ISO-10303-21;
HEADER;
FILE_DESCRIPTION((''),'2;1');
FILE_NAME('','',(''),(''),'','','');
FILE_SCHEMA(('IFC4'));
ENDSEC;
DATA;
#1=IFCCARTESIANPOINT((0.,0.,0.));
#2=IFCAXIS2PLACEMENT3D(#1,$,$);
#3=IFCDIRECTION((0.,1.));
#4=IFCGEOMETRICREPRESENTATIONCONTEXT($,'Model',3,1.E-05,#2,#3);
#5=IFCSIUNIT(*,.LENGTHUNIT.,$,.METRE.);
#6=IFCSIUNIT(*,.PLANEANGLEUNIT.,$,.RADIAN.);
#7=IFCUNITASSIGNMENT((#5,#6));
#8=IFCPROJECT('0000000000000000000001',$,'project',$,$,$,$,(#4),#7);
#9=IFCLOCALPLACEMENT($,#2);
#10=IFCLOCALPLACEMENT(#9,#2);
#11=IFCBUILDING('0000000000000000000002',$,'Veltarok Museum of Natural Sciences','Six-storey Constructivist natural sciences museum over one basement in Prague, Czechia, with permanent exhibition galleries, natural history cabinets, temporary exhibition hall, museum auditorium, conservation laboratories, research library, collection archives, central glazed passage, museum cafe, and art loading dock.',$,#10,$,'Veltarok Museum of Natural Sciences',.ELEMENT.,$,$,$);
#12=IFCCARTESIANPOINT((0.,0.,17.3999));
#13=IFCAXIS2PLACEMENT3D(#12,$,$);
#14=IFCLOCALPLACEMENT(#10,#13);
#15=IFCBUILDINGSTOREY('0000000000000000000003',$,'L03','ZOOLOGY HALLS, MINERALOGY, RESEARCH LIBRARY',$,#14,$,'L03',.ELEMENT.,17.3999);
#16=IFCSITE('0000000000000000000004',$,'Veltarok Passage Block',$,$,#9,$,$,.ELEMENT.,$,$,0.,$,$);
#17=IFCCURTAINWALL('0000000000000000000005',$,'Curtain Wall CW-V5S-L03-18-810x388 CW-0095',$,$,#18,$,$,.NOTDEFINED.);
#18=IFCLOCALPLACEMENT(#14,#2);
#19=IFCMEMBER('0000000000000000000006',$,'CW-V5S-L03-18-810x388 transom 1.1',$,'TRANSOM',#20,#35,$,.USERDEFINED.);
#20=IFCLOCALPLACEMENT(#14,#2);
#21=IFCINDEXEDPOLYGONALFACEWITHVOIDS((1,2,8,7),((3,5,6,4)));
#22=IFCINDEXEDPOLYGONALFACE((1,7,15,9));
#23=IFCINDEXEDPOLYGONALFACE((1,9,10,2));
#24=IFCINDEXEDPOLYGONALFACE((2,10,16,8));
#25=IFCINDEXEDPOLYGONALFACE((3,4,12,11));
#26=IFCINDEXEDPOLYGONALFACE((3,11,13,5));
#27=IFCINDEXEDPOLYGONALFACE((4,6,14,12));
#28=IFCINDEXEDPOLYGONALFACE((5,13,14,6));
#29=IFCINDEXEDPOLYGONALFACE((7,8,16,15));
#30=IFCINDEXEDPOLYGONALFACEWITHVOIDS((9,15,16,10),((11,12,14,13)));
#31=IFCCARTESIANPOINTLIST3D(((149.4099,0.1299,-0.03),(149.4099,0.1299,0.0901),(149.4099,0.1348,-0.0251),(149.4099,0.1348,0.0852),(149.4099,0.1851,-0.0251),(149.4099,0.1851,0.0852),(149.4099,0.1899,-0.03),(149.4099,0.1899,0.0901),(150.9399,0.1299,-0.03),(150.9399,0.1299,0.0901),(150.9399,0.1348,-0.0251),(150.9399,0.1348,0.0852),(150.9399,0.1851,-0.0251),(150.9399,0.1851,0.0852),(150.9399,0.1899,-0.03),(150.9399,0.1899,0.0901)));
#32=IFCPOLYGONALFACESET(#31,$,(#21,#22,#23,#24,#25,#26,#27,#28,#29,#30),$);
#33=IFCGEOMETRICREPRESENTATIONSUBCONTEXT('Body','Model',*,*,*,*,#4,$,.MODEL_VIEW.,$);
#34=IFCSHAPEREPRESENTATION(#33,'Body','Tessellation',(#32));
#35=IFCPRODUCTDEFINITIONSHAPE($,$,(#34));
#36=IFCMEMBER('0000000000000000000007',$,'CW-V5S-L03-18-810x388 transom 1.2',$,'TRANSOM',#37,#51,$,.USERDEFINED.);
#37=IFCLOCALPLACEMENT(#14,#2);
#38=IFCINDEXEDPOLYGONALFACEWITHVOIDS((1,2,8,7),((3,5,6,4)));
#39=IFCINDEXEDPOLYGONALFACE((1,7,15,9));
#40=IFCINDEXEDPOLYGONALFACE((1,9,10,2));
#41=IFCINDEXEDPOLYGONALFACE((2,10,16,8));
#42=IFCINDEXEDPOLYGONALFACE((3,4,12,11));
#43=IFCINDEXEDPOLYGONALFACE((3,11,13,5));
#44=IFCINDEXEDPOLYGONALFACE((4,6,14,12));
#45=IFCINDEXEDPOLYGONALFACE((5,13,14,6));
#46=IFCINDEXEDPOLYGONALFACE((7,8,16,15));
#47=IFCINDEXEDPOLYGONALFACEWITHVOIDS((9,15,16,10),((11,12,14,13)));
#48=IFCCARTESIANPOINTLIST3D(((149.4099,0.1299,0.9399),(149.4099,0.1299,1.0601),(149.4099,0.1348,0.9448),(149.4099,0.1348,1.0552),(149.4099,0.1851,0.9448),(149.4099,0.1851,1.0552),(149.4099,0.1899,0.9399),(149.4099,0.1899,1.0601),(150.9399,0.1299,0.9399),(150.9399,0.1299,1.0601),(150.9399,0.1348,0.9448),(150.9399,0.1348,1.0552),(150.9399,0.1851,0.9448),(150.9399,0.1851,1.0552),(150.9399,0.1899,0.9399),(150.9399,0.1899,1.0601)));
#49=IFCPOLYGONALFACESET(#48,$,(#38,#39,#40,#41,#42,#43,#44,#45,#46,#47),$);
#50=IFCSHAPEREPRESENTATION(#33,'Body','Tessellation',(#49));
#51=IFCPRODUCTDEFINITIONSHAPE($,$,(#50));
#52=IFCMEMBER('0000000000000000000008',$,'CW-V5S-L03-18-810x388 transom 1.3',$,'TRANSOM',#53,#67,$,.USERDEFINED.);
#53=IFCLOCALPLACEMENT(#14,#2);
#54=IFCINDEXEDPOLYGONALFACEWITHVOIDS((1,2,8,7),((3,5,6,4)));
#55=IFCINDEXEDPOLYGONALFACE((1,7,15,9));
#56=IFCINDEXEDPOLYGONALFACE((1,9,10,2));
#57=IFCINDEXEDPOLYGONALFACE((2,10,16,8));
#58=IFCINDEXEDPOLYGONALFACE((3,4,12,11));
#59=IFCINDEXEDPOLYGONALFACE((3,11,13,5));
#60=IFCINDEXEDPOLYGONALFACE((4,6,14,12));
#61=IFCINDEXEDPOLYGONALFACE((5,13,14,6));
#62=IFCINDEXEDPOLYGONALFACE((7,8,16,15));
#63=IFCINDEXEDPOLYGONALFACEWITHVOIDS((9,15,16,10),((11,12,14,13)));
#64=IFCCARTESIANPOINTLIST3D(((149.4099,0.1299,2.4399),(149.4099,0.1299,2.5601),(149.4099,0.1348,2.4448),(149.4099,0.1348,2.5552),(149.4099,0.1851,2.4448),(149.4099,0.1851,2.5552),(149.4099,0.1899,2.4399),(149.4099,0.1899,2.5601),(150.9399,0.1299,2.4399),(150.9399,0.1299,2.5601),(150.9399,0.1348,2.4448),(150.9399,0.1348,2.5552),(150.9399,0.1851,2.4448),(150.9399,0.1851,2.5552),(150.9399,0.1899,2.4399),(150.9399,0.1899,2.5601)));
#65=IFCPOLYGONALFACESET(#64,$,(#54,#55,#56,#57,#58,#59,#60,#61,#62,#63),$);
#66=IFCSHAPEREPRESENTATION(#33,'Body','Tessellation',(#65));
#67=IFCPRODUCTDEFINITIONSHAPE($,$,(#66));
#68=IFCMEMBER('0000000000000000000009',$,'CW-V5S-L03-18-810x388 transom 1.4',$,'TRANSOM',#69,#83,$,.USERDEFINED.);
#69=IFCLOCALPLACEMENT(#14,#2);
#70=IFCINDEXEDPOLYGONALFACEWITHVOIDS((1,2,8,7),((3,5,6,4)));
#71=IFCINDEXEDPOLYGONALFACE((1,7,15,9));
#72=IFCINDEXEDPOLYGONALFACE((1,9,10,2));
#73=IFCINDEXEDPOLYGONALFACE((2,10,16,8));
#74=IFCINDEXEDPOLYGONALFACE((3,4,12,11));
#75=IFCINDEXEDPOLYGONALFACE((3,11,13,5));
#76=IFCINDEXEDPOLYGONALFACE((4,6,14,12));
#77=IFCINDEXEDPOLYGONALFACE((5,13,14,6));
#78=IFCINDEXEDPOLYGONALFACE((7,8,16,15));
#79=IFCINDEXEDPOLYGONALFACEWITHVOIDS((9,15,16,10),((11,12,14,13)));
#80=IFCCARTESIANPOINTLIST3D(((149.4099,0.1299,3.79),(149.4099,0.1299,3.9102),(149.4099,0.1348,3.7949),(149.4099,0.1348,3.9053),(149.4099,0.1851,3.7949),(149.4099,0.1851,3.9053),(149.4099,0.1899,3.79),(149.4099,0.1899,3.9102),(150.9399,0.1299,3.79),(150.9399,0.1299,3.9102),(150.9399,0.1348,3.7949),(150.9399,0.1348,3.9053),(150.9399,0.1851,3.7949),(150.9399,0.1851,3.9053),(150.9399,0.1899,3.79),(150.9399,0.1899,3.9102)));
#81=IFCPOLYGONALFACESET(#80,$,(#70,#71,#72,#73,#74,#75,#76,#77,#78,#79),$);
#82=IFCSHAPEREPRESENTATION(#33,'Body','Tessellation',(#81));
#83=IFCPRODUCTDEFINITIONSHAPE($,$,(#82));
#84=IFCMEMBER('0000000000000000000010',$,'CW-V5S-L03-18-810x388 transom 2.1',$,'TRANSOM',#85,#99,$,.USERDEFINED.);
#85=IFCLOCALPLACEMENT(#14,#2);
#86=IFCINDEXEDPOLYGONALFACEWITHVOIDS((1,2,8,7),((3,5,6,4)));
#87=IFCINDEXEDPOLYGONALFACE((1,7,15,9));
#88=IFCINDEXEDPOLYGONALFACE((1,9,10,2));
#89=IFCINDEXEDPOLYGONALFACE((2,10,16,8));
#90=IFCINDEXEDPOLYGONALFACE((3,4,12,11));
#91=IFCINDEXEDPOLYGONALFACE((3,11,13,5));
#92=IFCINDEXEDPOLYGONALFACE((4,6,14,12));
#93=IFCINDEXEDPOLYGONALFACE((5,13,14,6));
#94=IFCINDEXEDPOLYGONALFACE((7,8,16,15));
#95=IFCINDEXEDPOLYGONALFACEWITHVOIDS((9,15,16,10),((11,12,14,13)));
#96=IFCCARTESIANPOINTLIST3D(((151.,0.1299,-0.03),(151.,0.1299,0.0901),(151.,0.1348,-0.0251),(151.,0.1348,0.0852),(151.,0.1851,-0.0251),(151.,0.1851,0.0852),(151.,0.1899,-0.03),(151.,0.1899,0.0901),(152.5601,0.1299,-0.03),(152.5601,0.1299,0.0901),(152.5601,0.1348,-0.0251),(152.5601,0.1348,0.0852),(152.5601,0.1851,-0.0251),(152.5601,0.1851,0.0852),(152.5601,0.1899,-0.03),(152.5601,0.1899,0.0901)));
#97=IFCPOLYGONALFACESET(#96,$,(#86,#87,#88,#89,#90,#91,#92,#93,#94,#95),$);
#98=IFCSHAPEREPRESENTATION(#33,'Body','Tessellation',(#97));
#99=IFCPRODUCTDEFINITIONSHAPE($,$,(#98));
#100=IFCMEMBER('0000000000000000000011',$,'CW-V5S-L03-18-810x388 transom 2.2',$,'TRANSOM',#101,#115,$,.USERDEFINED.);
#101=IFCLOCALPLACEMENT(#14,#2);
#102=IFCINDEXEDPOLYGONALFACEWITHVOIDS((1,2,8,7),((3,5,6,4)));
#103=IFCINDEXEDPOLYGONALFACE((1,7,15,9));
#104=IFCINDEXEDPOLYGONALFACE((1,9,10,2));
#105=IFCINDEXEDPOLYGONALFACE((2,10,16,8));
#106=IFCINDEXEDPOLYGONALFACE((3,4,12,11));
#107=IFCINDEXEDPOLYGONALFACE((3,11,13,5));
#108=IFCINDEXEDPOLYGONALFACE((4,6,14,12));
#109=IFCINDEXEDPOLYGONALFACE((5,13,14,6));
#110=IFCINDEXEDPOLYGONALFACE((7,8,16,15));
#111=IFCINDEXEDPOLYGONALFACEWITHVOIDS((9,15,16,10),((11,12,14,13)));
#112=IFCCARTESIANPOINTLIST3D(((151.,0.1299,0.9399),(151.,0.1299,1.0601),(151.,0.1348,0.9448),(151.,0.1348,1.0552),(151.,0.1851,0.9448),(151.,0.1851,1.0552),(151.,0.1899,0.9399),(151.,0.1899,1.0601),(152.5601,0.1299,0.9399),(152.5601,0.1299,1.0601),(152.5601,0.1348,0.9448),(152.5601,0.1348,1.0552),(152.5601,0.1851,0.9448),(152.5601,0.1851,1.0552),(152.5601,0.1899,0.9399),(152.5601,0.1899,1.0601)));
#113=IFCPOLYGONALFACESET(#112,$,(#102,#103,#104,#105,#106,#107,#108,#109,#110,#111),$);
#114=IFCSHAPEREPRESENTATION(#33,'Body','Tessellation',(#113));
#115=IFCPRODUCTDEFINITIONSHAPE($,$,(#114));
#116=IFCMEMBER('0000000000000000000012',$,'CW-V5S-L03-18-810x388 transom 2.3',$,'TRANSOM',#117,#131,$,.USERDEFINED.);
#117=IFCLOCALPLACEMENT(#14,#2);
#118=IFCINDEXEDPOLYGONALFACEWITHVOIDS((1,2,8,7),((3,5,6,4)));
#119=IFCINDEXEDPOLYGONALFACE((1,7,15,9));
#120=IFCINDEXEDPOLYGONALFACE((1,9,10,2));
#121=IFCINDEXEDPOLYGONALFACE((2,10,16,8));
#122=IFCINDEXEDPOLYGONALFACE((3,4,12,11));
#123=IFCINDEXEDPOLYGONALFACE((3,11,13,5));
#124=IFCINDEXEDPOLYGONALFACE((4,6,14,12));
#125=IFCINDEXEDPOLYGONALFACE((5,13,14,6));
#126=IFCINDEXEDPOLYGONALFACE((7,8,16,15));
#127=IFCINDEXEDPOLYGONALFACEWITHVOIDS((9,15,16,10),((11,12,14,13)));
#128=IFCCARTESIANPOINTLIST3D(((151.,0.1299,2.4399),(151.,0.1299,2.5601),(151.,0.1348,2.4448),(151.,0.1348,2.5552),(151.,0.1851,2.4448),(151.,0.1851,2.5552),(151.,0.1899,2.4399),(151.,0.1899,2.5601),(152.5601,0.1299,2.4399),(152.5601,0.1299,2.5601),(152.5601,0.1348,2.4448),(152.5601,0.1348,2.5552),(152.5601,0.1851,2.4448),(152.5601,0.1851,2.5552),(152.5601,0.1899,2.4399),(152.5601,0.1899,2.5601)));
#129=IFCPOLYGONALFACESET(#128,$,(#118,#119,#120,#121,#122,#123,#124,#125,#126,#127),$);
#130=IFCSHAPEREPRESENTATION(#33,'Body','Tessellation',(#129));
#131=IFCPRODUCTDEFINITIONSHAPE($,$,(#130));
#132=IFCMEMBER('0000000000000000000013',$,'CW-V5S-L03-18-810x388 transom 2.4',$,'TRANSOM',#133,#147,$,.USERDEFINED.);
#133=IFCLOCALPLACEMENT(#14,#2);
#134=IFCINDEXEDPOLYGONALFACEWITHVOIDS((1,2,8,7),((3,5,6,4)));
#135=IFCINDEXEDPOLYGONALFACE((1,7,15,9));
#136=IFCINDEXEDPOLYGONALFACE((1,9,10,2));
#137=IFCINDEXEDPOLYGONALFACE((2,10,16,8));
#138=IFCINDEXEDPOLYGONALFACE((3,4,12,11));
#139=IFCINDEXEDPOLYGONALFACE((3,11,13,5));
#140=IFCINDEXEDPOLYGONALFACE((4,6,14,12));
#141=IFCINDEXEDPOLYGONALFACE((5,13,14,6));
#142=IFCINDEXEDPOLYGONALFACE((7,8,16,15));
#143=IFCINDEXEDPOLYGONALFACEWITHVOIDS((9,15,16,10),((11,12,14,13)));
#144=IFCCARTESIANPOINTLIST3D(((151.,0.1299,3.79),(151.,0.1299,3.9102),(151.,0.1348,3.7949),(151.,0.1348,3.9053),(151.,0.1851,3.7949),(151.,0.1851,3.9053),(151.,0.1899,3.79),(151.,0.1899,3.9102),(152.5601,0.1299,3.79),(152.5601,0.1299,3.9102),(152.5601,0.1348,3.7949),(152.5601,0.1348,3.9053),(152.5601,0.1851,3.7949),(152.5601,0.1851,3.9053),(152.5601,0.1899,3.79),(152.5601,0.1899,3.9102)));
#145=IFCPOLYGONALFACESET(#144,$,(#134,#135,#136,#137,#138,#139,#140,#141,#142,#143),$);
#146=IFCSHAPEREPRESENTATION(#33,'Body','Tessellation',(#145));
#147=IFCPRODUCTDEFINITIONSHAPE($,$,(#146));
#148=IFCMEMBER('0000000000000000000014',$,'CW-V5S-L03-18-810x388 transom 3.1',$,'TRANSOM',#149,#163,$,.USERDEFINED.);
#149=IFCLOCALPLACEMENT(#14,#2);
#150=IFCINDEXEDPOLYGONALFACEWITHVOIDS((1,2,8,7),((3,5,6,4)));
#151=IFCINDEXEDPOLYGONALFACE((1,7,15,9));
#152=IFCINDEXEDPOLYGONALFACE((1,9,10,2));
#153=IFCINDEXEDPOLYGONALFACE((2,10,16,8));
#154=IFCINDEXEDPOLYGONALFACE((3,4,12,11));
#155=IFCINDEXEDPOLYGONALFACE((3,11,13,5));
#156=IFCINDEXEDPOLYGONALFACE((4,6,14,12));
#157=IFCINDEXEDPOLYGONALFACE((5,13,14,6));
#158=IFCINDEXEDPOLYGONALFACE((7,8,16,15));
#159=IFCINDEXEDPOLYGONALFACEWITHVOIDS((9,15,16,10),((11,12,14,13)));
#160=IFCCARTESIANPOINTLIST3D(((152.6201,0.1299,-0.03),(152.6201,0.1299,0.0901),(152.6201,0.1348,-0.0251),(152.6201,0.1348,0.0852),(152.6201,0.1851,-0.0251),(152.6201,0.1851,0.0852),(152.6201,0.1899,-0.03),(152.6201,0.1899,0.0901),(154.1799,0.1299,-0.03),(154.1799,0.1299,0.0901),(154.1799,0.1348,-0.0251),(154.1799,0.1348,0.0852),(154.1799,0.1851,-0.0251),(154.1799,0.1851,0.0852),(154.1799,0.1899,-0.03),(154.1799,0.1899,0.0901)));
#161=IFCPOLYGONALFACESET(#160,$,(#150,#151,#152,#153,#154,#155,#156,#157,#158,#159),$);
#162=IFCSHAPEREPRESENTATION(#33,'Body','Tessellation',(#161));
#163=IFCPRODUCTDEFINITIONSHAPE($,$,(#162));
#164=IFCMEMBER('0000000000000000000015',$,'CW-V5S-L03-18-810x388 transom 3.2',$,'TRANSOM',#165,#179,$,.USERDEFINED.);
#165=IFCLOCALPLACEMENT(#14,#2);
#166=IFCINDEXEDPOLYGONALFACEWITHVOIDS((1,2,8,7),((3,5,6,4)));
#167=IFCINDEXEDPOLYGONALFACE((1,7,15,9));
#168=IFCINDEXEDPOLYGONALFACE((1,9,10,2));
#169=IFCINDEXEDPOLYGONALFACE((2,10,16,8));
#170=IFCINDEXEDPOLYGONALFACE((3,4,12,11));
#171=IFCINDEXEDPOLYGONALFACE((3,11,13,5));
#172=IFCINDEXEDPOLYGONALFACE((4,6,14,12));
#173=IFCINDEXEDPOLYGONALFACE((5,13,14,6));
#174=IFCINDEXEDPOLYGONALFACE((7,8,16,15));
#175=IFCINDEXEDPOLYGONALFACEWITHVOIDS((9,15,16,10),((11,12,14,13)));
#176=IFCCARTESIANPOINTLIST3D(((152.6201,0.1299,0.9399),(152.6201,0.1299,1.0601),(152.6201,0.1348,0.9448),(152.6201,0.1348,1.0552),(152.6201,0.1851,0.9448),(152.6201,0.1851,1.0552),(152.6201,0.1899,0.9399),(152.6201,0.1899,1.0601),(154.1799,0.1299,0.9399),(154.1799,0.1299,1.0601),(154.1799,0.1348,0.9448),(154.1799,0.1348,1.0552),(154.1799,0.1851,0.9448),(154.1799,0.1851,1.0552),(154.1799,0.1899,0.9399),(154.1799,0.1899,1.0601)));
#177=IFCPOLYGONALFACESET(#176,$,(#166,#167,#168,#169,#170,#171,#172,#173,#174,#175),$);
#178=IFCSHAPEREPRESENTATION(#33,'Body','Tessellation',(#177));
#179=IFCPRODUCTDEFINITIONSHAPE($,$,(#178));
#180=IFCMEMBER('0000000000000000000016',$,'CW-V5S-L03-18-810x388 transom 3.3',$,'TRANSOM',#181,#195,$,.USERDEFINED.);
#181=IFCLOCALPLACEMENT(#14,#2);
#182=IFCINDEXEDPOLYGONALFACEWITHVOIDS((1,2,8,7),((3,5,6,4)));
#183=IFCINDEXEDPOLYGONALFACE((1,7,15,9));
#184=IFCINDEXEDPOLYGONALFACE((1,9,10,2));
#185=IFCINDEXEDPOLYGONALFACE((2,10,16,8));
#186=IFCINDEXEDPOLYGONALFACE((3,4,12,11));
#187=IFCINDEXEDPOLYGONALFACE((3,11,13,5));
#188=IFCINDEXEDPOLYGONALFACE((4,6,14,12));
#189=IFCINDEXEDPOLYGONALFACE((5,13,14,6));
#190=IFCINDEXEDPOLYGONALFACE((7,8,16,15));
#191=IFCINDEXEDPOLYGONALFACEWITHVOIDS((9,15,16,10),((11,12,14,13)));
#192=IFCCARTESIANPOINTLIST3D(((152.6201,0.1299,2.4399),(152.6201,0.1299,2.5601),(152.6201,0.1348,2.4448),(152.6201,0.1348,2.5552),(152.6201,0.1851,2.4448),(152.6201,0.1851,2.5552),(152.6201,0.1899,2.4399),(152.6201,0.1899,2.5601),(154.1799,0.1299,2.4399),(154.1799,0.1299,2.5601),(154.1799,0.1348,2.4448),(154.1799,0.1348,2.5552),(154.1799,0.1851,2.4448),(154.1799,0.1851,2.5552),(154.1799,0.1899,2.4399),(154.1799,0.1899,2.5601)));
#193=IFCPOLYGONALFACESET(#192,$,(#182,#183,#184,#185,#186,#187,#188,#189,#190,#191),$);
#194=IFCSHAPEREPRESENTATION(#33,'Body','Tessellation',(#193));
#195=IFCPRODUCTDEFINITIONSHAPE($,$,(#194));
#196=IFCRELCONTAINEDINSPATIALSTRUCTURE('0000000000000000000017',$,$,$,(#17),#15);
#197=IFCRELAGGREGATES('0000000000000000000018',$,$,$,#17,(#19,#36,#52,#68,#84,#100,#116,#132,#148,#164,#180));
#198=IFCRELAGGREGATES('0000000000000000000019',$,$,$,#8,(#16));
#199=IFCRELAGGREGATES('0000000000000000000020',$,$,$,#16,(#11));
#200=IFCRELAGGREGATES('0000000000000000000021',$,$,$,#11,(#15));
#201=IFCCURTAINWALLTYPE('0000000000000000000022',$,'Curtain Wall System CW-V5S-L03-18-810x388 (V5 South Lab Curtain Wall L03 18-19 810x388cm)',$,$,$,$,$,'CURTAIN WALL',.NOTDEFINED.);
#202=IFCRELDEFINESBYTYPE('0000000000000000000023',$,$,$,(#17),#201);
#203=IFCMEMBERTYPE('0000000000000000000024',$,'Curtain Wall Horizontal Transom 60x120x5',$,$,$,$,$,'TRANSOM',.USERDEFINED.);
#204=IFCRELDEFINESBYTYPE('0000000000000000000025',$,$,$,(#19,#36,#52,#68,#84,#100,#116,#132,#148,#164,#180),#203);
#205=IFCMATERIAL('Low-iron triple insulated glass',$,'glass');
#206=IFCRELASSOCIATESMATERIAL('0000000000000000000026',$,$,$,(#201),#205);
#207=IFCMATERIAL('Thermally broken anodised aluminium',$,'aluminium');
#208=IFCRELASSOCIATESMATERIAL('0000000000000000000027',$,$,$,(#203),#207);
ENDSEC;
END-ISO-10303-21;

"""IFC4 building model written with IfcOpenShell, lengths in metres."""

from ifc_helpers import new_model, si_unit, direction, frame, origin, origin_2d, place, context, subcontext, project, spatial, hollow_rectangle, extrude, material, material_profile, profile_set, type_object, element, aggregate, save


model = new_model("IFC4")

# Units and contexts
model_context = context("Model", 3, precision=1e-05, world=origin(), true_north=direction((0.0, 1.0)))
body_context = subcontext(model_context, "Body", "Model", "MODEL_VIEW")
ifc_project = project(units=[si_unit("LENGTHUNIT", "METRE"), si_unit("PLANEANGLEUNIT", "RADIAN")], contexts=[model_context])

# Site, building, storey
site_placement = place(None, origin())
site = spatial("IfcSite", under=ifc_project, at=site_placement, Name="Veltarok Passage Block", CompositionType="ELEMENT", RefElevation=0.0)
building_placement = place(site_placement, origin())
building = spatial("IfcBuilding", under=site, at=building_placement, Name="Veltarok Museum of Natural Sciences", Description="Six-storey Constructivist natural sciences museum over one basement in Prague, Czechia, with permanent exhibition galleries, natural history cabinets, temporary exhibition hall, museum auditorium, conservation laboratories, research library, collection archives, central glazed passage, museum cafe, and art loading dock.", LongName="Veltarok Museum of Natural Sciences", CompositionType="ELEMENT")
storey_placement = place(building_placement, frame((0.0, 0.0, 17.3999)))
storey = spatial("IfcBuildingStorey", under=building, at=storey_placement, Name="L03", Description="ZOOLOGY HALLS, MINERALOGY, RESEARCH LIBRARY", LongName="L03", CompositionType="ELEMENT", Elevation=17.3999)

# Curtain wall, members
ifc_material_1 = material(Name="Low-iron triple insulated glass", Category="glass")
curtain_wall_type = type_object("IfcCurtainWallType", Name="Curtain Wall System CW-V5S-L03-18-810x388 (V5 South Lab Curtain Wall L03 18-19 810x388cm)", ElementType="CURTAIN WALL", PredefinedType="NOTDEFINED", material=ifc_material_1)
curtain_wall_placement = place(storey_placement, origin())
curtain_wall = element("IfcCurtainWall", 1, at=curtain_wall_placement, inside=storey, type_object=curtain_wall_type, Name="Curtain Wall CW-V5S-L03-18-810x388 CW-0095", PredefinedType="NOTDEFINED")
ifc_material_2 = material(Name="Thermally broken anodised aluminium", Category="aluminium")
ifc_material_profile_1 = material_profile(ifc_material_2, hollow_rectangle(XDim=0.0601, YDim=0.1201, WallThickness=0.0049, at=origin_2d()), Name="CW TRANSOM 60x120x5")
ifc_profile_set_1 = profile_set([ifc_material_profile_1], Name="Thermally broken anodised aluminium")
member_type_1 = type_object("IfcMemberType", Name="Curtain Wall Horizontal Transom 60x120x5", ElementType="TRANSOM", PredefinedType="USERDEFINED", material=ifc_profile_set_1)
member_1_placement = place(storey_placement, frame((149.4099, 0.1599, 0.03), z_axis=(1.0, 0.0, 0.0), x_axis=(0.0, 1.0, 0.0)))
member_1 = element("IfcMember", 2, at=member_1_placement, type_object=member_type_1, Name="CW-V5S-L03-18-810x388 transom 1.1", ObjectType="TRANSOM", PredefinedType="USERDEFINED", context=body_context, shape_type="SweptSolid", body=[
    extrude(hollow_rectangle(XDim=0.0601, YDim=0.1201, WallThickness=0.0049, at=origin_2d()), origin(), (0.0, 0.0, 1.0), 1.53),
])
member_2_placement = place(storey_placement, frame((149.4099, 0.1599, 1.0), z_axis=(1.0, 0.0, 0.0), x_axis=(0.0, 1.0, 0.0)))
member_2 = element("IfcMember", 3, at=member_2_placement, type_object=member_type_1, Name="CW-V5S-L03-18-810x388 transom 1.2", ObjectType="TRANSOM", PredefinedType="USERDEFINED", context=body_context, shape_type="SweptSolid", body=[
    extrude(hollow_rectangle(XDim=0.0601, YDim=0.1201, WallThickness=0.0049, at=origin_2d()), origin(), (0.0, 0.0, 1.0), 1.53),
])
member_3_placement = place(storey_placement, frame((149.4099, 0.1599, 2.5), z_axis=(1.0, 0.0, 0.0), x_axis=(0.0, 1.0, 0.0)))
member_3 = element("IfcMember", 4, at=member_3_placement, type_object=member_type_1, Name="CW-V5S-L03-18-810x388 transom 1.3", ObjectType="TRANSOM", PredefinedType="USERDEFINED", context=body_context, shape_type="SweptSolid", body=[
    extrude(hollow_rectangle(XDim=0.0601, YDim=0.1201, WallThickness=0.0049, at=origin_2d()), origin(), (0.0, 0.0, 1.0), 1.53),
])
member_4_placement = place(storey_placement, frame((149.4099, 0.1599, 3.8501), z_axis=(1.0, 0.0, 0.0), x_axis=(0.0, 1.0, 0.0)))
member_4 = element("IfcMember", 5, at=member_4_placement, type_object=member_type_1, Name="CW-V5S-L03-18-810x388 transom 1.4", ObjectType="TRANSOM", PredefinedType="USERDEFINED", context=body_context, shape_type="SweptSolid", body=[
    extrude(hollow_rectangle(XDim=0.0601, YDim=0.1201, WallThickness=0.0049, at=origin_2d()), origin(), (0.0, 0.0, 1.0), 1.53),
])
member_5_placement = place(storey_placement, frame((151.0, 0.1599, 0.03), z_axis=(1.0, 0.0, 0.0), x_axis=(0.0, 1.0, 0.0)))
member_5 = element("IfcMember", 6, at=member_5_placement, type_object=member_type_1, Name="CW-V5S-L03-18-810x388 transom 2.1", ObjectType="TRANSOM", PredefinedType="USERDEFINED", context=body_context, shape_type="SweptSolid", body=[
    extrude(hollow_rectangle(XDim=0.0601, YDim=0.1201, WallThickness=0.0049, at=origin_2d()), origin(), (0.0, 0.0, 1.0), 1.5601),
])
member_6_placement = place(storey_placement, frame((151.0, 0.1599, 1.0), z_axis=(1.0, 0.0, 0.0), x_axis=(0.0, 1.0, 0.0)))
member_6 = element("IfcMember", 7, at=member_6_placement, type_object=member_type_1, Name="CW-V5S-L03-18-810x388 transom 2.2", ObjectType="TRANSOM", PredefinedType="USERDEFINED", context=body_context, shape_type="SweptSolid", body=[
    extrude(hollow_rectangle(XDim=0.0601, YDim=0.1201, WallThickness=0.0049, at=origin_2d()), origin(), (0.0, 0.0, 1.0), 1.5601),
])
member_7_placement = place(storey_placement, frame((151.0, 0.1599, 2.5), z_axis=(1.0, 0.0, 0.0), x_axis=(0.0, 1.0, 0.0)))
member_7 = element("IfcMember", 8, at=member_7_placement, type_object=member_type_1, Name="CW-V5S-L03-18-810x388 transom 2.3", ObjectType="TRANSOM", PredefinedType="USERDEFINED", context=body_context, shape_type="SweptSolid", body=[
    extrude(hollow_rectangle(XDim=0.0601, YDim=0.1201, WallThickness=0.0049, at=origin_2d()), origin(), (0.0, 0.0, 1.0), 1.5601),
])
member_8_placement = place(storey_placement, frame((151.0, 0.1599, 3.8501), z_axis=(1.0, 0.0, 0.0), x_axis=(0.0, 1.0, 0.0)))
member_8 = element("IfcMember", 9, at=member_8_placement, type_object=member_type_1, Name="CW-V5S-L03-18-810x388 transom 2.4", ObjectType="TRANSOM", PredefinedType="USERDEFINED", context=body_context, shape_type="SweptSolid", body=[
    extrude(hollow_rectangle(XDim=0.0601, YDim=0.1201, WallThickness=0.0049, at=origin_2d()), origin(), (0.0, 0.0, 1.0), 1.5601),
])
member_9_placement = place(storey_placement, frame((152.6201, 0.1599, 0.03), z_axis=(1.0, 0.0, 0.0), x_axis=(0.0, 1.0, 0.0)))
member_9 = element("IfcMember", 10, at=member_9_placement, type_object=member_type_1, Name="CW-V5S-L03-18-810x388 transom 3.1", ObjectType="TRANSOM", PredefinedType="USERDEFINED", context=body_context, shape_type="SweptSolid", body=[
    extrude(hollow_rectangle(XDim=0.0601, YDim=0.1201, WallThickness=0.0049, at=origin_2d()), origin(), (0.0, 0.0, 1.0), 1.5598),
])
member_10_placement = place(storey_placement, frame((152.6201, 0.1599, 1.0), z_axis=(1.0, 0.0, 0.0), x_axis=(0.0, 1.0, 0.0)))
member_10 = element("IfcMember", 11, at=member_10_placement, type_object=member_type_1, Name="CW-V5S-L03-18-810x388 transom 3.2", ObjectType="TRANSOM", PredefinedType="USERDEFINED", context=body_context, shape_type="SweptSolid", body=[
    extrude(hollow_rectangle(XDim=0.0601, YDim=0.1201, WallThickness=0.0049, at=origin_2d()), origin(), (0.0, 0.0, 1.0), 1.5598),
])
member_11_placement = place(storey_placement, frame((152.6201, 0.1599, 2.5), z_axis=(1.0, 0.0, 0.0), x_axis=(0.0, 1.0, 0.0)))
member_11 = element("IfcMember", 12, at=member_11_placement, type_object=member_type_1, Name="CW-V5S-L03-18-810x388 transom 3.3", ObjectType="TRANSOM", PredefinedType="USERDEFINED", context=body_context, shape_type="SweptSolid", body=[
    extrude(hollow_rectangle(XDim=0.0601, YDim=0.1201, WallThickness=0.0049, at=origin_2d()), origin(), (0.0, 0.0, 1.0), 1.5598),
])

aggregate(curtain_wall, [member_1, member_2, member_3, member_4, member_5, member_6, member_7, member_8, member_9, member_10, member_11])

save(model, "model.ifc")
